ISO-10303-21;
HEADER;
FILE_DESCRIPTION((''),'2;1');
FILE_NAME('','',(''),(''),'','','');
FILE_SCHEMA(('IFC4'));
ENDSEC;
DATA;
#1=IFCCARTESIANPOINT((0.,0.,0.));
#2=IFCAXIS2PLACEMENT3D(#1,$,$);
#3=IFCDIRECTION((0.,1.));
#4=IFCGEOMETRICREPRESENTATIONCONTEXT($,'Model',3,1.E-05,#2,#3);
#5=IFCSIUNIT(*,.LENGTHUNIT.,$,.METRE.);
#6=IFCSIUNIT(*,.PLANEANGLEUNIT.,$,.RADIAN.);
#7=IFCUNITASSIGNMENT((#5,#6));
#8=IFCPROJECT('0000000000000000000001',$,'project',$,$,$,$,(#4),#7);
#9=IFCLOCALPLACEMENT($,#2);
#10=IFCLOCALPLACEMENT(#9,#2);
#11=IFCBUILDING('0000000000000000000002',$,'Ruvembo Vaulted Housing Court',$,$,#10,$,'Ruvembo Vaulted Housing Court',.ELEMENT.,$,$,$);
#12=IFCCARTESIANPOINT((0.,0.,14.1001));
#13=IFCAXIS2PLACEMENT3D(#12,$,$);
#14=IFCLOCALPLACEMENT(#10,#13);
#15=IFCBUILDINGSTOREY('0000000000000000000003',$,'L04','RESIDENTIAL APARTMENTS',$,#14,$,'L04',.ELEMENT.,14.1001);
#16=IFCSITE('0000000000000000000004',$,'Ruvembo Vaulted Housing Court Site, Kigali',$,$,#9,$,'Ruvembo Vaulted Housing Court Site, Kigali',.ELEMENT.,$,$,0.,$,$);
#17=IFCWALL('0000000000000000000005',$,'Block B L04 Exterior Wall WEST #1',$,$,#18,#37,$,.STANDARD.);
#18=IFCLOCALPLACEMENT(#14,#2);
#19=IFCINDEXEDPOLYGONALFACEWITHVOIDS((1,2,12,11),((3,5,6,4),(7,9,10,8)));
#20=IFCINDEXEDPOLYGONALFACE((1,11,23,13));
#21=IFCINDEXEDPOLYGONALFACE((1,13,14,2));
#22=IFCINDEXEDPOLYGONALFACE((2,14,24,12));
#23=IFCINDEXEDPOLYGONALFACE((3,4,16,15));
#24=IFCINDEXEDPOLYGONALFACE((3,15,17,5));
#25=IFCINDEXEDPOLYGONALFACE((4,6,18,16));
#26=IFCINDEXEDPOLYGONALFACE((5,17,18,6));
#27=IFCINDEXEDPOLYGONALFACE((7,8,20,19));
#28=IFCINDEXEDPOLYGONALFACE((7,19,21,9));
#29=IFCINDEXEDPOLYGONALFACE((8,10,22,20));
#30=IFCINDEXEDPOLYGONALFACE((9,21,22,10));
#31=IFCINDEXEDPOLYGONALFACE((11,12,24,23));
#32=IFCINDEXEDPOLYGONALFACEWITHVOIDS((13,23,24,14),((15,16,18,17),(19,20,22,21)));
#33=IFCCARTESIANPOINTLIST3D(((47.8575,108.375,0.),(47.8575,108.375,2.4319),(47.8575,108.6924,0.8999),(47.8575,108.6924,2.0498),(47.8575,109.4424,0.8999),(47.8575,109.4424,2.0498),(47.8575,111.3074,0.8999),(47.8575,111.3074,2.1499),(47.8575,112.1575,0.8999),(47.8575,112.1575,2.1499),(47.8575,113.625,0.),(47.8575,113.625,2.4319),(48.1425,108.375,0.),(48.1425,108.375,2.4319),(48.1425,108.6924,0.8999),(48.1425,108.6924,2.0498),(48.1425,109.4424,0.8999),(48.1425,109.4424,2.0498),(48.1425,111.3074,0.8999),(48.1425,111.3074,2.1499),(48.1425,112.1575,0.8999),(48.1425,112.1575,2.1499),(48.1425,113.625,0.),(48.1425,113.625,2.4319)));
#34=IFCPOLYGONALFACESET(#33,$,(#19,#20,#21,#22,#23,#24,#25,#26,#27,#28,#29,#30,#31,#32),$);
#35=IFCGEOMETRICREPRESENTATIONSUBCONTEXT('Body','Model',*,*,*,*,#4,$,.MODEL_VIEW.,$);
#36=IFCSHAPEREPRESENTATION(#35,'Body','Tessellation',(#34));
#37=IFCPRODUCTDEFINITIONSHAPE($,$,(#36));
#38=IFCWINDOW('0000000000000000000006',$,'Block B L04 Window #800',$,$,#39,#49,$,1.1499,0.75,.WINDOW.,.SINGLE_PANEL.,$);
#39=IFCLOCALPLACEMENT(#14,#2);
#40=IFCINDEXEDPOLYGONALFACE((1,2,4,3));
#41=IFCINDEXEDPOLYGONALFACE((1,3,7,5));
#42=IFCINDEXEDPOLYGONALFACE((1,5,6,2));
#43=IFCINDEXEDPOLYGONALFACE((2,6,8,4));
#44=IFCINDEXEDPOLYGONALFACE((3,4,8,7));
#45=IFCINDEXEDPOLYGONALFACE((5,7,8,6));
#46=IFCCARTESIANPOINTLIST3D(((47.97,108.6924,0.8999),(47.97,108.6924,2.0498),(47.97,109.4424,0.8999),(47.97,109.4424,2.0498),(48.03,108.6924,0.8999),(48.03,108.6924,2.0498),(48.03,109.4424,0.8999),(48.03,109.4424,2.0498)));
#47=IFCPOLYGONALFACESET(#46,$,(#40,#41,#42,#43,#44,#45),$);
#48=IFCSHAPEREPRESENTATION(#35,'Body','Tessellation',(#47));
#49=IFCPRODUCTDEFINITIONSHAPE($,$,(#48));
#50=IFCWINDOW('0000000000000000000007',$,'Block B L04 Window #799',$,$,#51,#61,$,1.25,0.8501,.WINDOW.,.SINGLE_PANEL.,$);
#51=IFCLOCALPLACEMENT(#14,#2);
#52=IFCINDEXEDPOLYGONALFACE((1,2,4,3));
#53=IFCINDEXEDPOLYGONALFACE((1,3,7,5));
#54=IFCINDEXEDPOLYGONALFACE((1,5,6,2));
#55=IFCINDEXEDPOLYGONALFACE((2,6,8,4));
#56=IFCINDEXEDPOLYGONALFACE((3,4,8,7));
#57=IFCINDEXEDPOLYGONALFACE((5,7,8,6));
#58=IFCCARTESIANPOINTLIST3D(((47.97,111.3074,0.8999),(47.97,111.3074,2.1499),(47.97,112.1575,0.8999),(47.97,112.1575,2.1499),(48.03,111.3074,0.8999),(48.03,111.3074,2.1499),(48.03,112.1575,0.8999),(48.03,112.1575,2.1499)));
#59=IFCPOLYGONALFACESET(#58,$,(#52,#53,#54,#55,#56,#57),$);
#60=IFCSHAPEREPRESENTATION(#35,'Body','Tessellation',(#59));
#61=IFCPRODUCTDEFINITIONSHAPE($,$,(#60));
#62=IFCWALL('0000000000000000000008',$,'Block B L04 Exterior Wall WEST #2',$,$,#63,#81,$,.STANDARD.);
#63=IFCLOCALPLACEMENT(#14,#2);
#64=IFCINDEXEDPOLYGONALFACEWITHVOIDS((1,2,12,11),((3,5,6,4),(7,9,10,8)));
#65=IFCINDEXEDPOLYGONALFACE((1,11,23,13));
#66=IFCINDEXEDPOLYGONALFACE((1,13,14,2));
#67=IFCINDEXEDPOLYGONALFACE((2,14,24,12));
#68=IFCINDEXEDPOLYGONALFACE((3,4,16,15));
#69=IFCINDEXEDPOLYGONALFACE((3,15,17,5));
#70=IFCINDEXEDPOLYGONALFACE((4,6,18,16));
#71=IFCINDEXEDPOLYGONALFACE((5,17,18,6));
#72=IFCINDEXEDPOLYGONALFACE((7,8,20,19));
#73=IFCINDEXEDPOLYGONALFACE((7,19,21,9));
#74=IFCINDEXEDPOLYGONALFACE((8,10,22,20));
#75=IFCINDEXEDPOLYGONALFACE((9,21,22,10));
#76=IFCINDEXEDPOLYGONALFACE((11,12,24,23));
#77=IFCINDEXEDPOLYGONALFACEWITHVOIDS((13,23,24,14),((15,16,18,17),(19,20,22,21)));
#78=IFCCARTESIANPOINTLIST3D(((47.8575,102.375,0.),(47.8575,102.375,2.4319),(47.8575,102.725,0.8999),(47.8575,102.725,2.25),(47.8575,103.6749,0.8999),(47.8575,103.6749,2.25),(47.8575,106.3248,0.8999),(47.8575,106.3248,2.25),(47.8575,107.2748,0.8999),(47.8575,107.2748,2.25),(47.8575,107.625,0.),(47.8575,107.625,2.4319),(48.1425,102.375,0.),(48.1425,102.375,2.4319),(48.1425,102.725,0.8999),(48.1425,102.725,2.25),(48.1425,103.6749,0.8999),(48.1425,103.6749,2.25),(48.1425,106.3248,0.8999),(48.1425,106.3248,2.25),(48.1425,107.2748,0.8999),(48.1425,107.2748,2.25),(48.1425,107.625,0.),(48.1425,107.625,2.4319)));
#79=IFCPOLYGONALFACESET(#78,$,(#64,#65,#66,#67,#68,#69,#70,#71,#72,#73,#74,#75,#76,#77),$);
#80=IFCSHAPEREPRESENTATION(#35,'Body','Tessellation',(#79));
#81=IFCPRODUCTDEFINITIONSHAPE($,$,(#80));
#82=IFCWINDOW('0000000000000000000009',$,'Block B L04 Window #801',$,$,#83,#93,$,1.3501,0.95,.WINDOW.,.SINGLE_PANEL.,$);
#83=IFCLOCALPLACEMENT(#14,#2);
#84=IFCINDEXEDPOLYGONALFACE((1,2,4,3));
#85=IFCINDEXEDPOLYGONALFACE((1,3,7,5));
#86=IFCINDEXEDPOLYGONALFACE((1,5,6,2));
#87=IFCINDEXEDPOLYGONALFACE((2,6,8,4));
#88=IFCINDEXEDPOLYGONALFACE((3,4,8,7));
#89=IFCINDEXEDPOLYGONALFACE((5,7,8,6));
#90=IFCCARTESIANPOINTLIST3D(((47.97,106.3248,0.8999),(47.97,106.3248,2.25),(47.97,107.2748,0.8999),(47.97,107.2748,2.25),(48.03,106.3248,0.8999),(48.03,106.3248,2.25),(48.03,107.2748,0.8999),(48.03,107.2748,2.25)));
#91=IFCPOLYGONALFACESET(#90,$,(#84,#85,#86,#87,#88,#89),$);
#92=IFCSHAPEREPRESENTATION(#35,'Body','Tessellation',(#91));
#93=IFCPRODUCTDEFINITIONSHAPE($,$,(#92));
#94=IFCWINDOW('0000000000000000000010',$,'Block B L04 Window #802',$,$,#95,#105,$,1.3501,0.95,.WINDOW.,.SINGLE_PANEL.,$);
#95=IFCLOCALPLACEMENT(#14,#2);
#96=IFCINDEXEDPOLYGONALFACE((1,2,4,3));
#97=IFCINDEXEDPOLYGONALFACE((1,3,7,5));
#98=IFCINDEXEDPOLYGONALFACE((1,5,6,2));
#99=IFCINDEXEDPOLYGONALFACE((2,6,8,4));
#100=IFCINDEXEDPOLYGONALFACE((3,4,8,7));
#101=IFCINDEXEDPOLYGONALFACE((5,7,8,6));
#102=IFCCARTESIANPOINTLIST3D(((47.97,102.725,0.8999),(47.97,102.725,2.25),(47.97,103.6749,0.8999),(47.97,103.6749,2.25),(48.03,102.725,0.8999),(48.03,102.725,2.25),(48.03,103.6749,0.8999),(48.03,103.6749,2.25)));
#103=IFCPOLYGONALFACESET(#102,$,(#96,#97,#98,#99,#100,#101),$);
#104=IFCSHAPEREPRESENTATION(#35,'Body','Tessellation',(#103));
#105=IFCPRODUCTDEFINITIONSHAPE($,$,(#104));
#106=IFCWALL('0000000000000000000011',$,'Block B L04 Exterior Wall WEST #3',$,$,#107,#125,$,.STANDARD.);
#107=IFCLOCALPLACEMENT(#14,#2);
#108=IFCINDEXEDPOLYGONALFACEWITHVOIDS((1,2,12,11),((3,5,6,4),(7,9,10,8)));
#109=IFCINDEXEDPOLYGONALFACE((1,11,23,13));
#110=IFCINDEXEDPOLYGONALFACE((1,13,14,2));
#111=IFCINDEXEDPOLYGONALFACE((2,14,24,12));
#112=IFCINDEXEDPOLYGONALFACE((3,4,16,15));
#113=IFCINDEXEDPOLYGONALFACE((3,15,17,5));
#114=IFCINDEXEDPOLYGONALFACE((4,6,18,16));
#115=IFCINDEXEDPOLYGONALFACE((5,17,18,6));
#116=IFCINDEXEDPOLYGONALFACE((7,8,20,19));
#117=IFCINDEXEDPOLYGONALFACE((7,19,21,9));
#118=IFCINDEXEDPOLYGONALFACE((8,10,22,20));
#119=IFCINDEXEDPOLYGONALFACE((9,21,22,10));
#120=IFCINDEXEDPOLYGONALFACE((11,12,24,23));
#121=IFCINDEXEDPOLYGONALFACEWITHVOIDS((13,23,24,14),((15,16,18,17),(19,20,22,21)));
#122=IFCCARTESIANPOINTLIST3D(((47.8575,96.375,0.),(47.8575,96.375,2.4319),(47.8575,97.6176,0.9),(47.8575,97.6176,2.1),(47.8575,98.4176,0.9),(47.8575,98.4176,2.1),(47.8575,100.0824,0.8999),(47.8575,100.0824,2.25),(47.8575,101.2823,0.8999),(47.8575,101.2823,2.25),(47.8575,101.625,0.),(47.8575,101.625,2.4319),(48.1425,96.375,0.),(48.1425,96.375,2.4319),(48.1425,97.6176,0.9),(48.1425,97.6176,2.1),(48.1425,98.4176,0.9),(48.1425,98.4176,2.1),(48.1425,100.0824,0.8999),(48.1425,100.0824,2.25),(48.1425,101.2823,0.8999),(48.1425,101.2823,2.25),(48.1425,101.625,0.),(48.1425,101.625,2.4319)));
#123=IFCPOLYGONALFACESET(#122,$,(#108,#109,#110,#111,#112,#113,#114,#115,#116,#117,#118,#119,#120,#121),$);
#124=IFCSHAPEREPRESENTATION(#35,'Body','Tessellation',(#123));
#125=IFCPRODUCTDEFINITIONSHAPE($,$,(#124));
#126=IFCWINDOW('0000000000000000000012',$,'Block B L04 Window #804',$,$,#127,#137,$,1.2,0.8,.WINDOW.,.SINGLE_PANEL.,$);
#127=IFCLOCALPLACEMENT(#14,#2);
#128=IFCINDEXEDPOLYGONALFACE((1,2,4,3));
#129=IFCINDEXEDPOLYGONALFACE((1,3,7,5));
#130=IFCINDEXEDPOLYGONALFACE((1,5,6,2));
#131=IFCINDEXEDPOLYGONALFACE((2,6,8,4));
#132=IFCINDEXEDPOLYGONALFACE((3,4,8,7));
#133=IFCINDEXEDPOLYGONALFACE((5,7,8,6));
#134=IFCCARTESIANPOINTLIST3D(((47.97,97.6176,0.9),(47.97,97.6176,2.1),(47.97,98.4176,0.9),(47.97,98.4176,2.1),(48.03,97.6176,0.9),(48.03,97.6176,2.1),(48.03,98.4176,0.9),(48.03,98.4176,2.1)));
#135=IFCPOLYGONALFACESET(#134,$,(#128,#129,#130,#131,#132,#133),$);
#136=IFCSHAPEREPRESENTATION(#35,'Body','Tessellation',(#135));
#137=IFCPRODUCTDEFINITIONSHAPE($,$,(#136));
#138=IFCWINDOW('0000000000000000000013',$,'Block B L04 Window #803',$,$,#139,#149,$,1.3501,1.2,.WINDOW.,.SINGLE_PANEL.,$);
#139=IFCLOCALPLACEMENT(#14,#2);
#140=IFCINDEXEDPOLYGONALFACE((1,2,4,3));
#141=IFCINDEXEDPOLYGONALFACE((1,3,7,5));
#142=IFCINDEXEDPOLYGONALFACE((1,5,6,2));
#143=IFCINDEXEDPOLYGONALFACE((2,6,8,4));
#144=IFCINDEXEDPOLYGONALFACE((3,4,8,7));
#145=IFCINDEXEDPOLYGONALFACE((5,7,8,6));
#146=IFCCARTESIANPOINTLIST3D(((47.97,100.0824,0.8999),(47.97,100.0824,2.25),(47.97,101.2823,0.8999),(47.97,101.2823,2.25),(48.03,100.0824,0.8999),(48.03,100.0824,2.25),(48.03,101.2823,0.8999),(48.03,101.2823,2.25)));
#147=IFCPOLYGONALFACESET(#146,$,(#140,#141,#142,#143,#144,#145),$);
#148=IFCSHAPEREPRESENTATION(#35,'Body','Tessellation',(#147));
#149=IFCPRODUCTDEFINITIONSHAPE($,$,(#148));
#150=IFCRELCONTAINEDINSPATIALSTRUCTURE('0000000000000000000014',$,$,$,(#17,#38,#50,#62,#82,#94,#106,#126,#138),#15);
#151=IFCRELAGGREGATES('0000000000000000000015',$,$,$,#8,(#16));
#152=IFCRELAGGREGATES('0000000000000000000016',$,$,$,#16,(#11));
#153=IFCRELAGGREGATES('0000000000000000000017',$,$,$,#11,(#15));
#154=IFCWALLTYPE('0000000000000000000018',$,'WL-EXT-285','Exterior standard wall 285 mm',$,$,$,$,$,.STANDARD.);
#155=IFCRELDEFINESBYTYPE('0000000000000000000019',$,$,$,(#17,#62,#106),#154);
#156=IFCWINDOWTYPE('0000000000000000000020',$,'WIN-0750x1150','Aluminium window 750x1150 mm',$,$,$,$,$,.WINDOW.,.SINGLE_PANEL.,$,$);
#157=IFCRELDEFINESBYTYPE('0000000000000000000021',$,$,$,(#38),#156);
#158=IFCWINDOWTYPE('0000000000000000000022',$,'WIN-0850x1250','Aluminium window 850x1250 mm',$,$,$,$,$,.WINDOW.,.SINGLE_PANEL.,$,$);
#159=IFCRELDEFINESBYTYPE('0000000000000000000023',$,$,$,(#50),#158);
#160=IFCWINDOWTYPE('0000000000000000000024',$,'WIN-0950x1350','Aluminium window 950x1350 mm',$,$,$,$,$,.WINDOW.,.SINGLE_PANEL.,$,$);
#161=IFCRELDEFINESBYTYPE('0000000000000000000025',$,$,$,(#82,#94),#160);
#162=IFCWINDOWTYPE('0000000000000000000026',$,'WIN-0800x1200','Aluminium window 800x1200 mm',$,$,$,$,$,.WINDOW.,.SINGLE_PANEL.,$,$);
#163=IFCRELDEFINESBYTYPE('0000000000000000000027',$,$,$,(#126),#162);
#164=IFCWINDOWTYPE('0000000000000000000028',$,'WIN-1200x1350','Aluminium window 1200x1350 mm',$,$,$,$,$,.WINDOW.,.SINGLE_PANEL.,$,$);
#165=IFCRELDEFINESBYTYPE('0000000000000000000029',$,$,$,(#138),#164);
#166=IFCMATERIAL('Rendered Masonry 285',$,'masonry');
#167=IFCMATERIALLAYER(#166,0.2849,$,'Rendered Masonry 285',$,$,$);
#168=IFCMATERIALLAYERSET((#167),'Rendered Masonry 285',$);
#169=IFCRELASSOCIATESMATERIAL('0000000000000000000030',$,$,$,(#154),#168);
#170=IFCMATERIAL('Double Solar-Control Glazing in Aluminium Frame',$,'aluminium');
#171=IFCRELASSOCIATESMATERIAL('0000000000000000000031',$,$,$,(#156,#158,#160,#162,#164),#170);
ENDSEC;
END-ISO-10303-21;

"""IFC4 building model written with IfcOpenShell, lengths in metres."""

from ifc_helpers import new_model, si_unit, direction, frame, frame_2d, origin, place, context, subcontext, project, spatial, rectangle, extrude, material, layer, layer_set, type_object, element, fill, save


model = new_model("IFC4")

# Units and contexts
model_context = context("Model", 3, precision=1e-05, world=origin(), true_north=direction((0.0, 1.0)))
body_context = subcontext(model_context, "Body", "Model", "MODEL_VIEW")
ifc_project = project(units=[si_unit("LENGTHUNIT", "METRE"), si_unit("PLANEANGLEUNIT", "RADIAN")], contexts=[model_context])

# Site, building, storey
site_placement = place(None, origin())
site = spatial("IfcSite", under=ifc_project, at=site_placement, Name="Ruvembo Vaulted Housing Court Site, Kigali", LongName="Ruvembo Vaulted Housing Court Site, Kigali", CompositionType="ELEMENT", RefElevation=0.0)
building_placement = place(site_placement, origin())
building = spatial("IfcBuilding", under=site, at=building_placement, Name="Ruvembo Vaulted Housing Court", LongName="Ruvembo Vaulted Housing Court", CompositionType="ELEMENT")
storey_placement = place(building_placement, frame((0.0, 0.0, 14.1001)))
storey = spatial("IfcBuildingStorey", under=building, at=storey_placement, Name="L04", Description="RESIDENTIAL APARTMENTS", LongName="L04", CompositionType="ELEMENT", Elevation=14.1001)

# Walls, openings, windows
ifc_material_1 = material(Name="Rendered Masonry 285", Category="masonry")
ifc_layer_1 = layer(ifc_material_1, 0.2849, Name="Rendered Masonry 285")
ifc_layer_set_1 = layer_set([ifc_layer_1], Name="Rendered Masonry 285")
wall_type_1 = type_object("IfcWallType", Name="WL-EXT-285", Description="Exterior standard wall 285 mm", PredefinedType="STANDARD", material=ifc_layer_set_1)
wall_1_placement = place(storey_placement, frame((48.0, 113.625, 0.0), z_axis=(0.0, 0.0, 1.0), x_axis=(0.0, -1.0, 0.0)))
wall_1 = element("IfcWall", 1, at=wall_1_placement, inside=storey, type_object=wall_type_1, Name="Block B L04 Exterior Wall WEST #1", PredefinedType="STANDARD", context=body_context, shape_type="SweptSolid", body=[
    extrude(rectangle(XDim=5.25, YDim=0.2849, at=frame_2d((2.625, 0.0))), origin(), (0.0, 0.0, 1.0), 2.4319),
])
opening_1_placement = place(wall_1_placement, frame((1.4675, 0.0, 0.8999)))
opening_1 = element("IfcOpeningElement", 2, at=opening_1_placement, cuts=wall_1, PredefinedType="OPENING", context=body_context, shape_type="SweptSolid", body=[
    extrude(rectangle(XDim=0.8501, YDim=1.25, at=frame_2d((0.425, 0.625))), frame((0.0, 0.1523, 0.0), z_axis=(0.0, -1.0, 0.0), x_axis=(1.0, 0.0, 0.0)), (0.0, 0.0, 1.0), 0.3049),
])
opening_2_placement = place(wall_1_placement, frame((4.1826, 0.0, 0.8999)))
opening_2 = element("IfcOpeningElement", 3, at=opening_2_placement, cuts=wall_1, PredefinedType="OPENING", context=body_context, shape_type="SweptSolid", body=[
    extrude(rectangle(XDim=0.75, YDim=1.1499, at=frame_2d((0.375, 0.575))), frame((0.0, 0.1523, 0.0), z_axis=(0.0, -1.0, 0.0), x_axis=(1.0, 0.0, 0.0)), (0.0, 0.0, 1.0), 0.3049),
])
ifc_material_2 = material(Name="Double Solar-Control Glazing in Aluminium Frame", Category="aluminium")
window_type_1 = type_object("IfcWindowType", Name="WIN-0750x1150", Description="Aluminium window 750x1150 mm", PartitioningType="SINGLE_PANEL", PredefinedType="WINDOW", material=ifc_material_2)
window_1_placement = place(opening_2_placement, origin())
window_1 = element("IfcWindow", 4, at=window_1_placement, inside=storey, type_object=window_type_1, Name="Block B L04 Window #800", OverallHeight=1.1499, OverallWidth=0.75, PartitioningType="SINGLE_PANEL", PredefinedType="WINDOW", context=body_context, shape_type="SweptSolid", body=[
    extrude(rectangle(XDim=0.75, YDim=1.1499, at=frame_2d((0.375, 0.575))), frame((0.0, 0.03, 0.0), z_axis=(0.0, -1.0, 0.0), x_axis=(1.0, 0.0, 0.0)), (0.0, 0.0, 1.0), 0.0601),
])
fill(opening_2, window_1)
window_type_2 = type_object("IfcWindowType", Name="WIN-0850x1250", Description="Aluminium window 850x1250 mm", PartitioningType="SINGLE_PANEL", PredefinedType="WINDOW", material=ifc_material_2)
window_2_placement = place(opening_1_placement, origin())
window_2 = element("IfcWindow", 5, at=window_2_placement, inside=storey, type_object=window_type_2, Name="Block B L04 Window #799", OverallHeight=1.25, OverallWidth=0.8501, PartitioningType="SINGLE_PANEL", PredefinedType="WINDOW", context=body_context, shape_type="SweptSolid", body=[
    extrude(rectangle(XDim=0.8501, YDim=1.25, at=frame_2d((0.425, 0.625))), frame((0.0, 0.03, 0.0), z_axis=(0.0, -1.0, 0.0), x_axis=(1.0, 0.0, 0.0)), (0.0, 0.0, 1.0), 0.0601),
])
fill(opening_1, window_2)
wall_2_placement = place(storey_placement, frame((48.0, 107.625, 0.0), z_axis=(0.0, 0.0, 1.0), x_axis=(0.0, -1.0, 0.0)))
wall_2 = element("IfcWall", 6, at=wall_2_placement, inside=storey, type_object=wall_type_1, Name="Block B L04 Exterior Wall WEST #2", PredefinedType="STANDARD", context=body_context, shape_type="SweptSolid", body=[
    extrude(rectangle(XDim=5.25, YDim=0.2849, at=frame_2d((2.625, 0.0))), origin(), (0.0, 0.0, 1.0), 2.4319),
])
opening_3_placement = place(wall_2_placement, frame((0.3501, 0.0, 0.8999)))
opening_3 = element("IfcOpeningElement", 7, at=opening_3_placement, cuts=wall_2, PredefinedType="OPENING", context=body_context, shape_type="SweptSolid", body=[
    extrude(rectangle(XDim=0.95, YDim=1.3501, at=frame_2d((0.4751, 0.675))), frame((0.0, 0.1523, 0.0), z_axis=(0.0, -1.0, 0.0), x_axis=(1.0, 0.0, 0.0)), (0.0, 0.0, 1.0), 0.3049),
])
opening_4_placement = place(wall_2_placement, frame((3.95, 0.0, 0.8999)))
opening_4 = element("IfcOpeningElement", 8, at=opening_4_placement, cuts=wall_2, PredefinedType="OPENING", context=body_context, shape_type="SweptSolid", body=[
    extrude(rectangle(XDim=0.95, YDim=1.3501, at=frame_2d((0.4751, 0.675))), frame((0.0, 0.1523, 0.0), z_axis=(0.0, -1.0, 0.0), x_axis=(1.0, 0.0, 0.0)), (0.0, 0.0, 1.0), 0.3049),
])
window_type_3 = type_object("IfcWindowType", Name="WIN-0950x1350", Description="Aluminium window 950x1350 mm", PartitioningType="SINGLE_PANEL", PredefinedType="WINDOW", material=ifc_material_2)
window_3_placement = place(opening_3_placement, origin())
window_3 = element("IfcWindow", 9, at=window_3_placement, inside=storey, type_object=window_type_3, Name="Block B L04 Window #801", OverallHeight=1.3501, OverallWidth=0.95, PartitioningType="SINGLE_PANEL", PredefinedType="WINDOW", context=body_context, shape_type="SweptSolid", body=[
    extrude(rectangle(XDim=0.95, YDim=1.3501, at=frame_2d((0.4751, 0.675))), frame((0.0, 0.03, 0.0), z_axis=(0.0, -1.0, 0.0), x_axis=(1.0, 0.0, 0.0)), (0.0, 0.0, 1.0), 0.0601),
])
fill(opening_3, window_3)
window_4_placement = place(opening_4_placement, origin())
window_4 = element("IfcWindow", 10, at=window_4_placement, inside=storey, type_object=window_type_3, Name="Block B L04 Window #802", OverallHeight=1.3501, OverallWidth=0.95, PartitioningType="SINGLE_PANEL", PredefinedType="WINDOW", context=body_context, shape_type="SweptSolid", body=[
    extrude(rectangle(XDim=0.95, YDim=1.3501, at=frame_2d((0.4751, 0.675))), frame((0.0, 0.03, 0.0), z_axis=(0.0, -1.0, 0.0), x_axis=(1.0, 0.0, 0.0)), (0.0, 0.0, 1.0), 0.0601),
])
fill(opening_4, window_4)
wall_3_placement = place(storey_placement, frame((48.0, 101.625, 0.0), z_axis=(0.0, 0.0, 1.0), x_axis=(0.0, -1.0, 0.0)))
wall_3 = element("IfcWall", 11, at=wall_3_placement, inside=storey, type_object=wall_type_1, Name="Block B L04 Exterior Wall WEST #3", PredefinedType="STANDARD", context=body_context, shape_type="SweptSolid", body=[
    extrude(rectangle(XDim=5.25, YDim=0.2849, at=frame_2d((2.625, 0.0))), origin(), (0.0, 0.0, 1.0), 2.4319),
])
opening_5_placement = place(wall_3_placement, frame((0.3425, 0.0, 0.8999)))
opening_5 = element("IfcOpeningElement", 12, at=opening_5_placement, cuts=wall_3, PredefinedType="OPENING", context=body_context, shape_type="SweptSolid", body=[
    extrude(rectangle(XDim=1.2, YDim=1.3501, at=frame_2d((0.6001, 0.675))), frame((0.0, 0.1523, 0.0), z_axis=(0.0, -1.0, 0.0), x_axis=(1.0, 0.0, 0.0)), (0.0, 0.0, 1.0), 0.3049),
])
opening_6_placement = place(wall_3_placement, frame((3.2075, 0.0, 0.8999)))
opening_6 = element("IfcOpeningElement", 13, at=opening_6_placement, cuts=wall_3, PredefinedType="OPENING", context=body_context, shape_type="SweptSolid", body=[
    extrude(rectangle(XDim=0.8, YDim=1.2, at=frame_2d((0.3999, 0.6001))), frame((0.0, 0.1523, 0.0), z_axis=(0.0, -1.0, 0.0), x_axis=(1.0, 0.0, 0.0)), (0.0, 0.0, 1.0), 0.3049),
])
window_type_4 = type_object("IfcWindowType", Name="WIN-0800x1200", Description="Aluminium window 800x1200 mm", PartitioningType="SINGLE_PANEL", PredefinedType="WINDOW", material=ifc_material_2)
window_5_placement = place(opening_6_placement, origin())
window_5 = element("IfcWindow", 14, at=window_5_placement, inside=storey, type_object=window_type_4, Name="Block B L04 Window #804", OverallHeight=1.2, OverallWidth=0.8, PartitioningType="SINGLE_PANEL", PredefinedType="WINDOW", context=body_context, shape_type="SweptSolid", body=[
    extrude(rectangle(XDim=0.8, YDim=1.2, at=frame_2d((0.3999, 0.6001))), frame((0.0, 0.03, 0.0), z_axis=(0.0, -1.0, 0.0), x_axis=(1.0, 0.0, 0.0)), (0.0, 0.0, 1.0), 0.0601),
])
fill(opening_6, window_5)
window_type_5 = type_object("IfcWindowType", Name="WIN-1200x1350", Description="Aluminium window 1200x1350 mm", PartitioningType="SINGLE_PANEL", PredefinedType="WINDOW", material=ifc_material_2)
window_6_placement = place(opening_5_placement, origin())
window_6 = element("IfcWindow", 15, at=window_6_placement, inside=storey, type_object=window_type_5, Name="Block B L04 Window #803", OverallHeight=1.3501, OverallWidth=1.2, PartitioningType="SINGLE_PANEL", PredefinedType="WINDOW", context=body_context, shape_type="SweptSolid", body=[
    extrude(rectangle(XDim=1.2, YDim=1.3501, at=frame_2d((0.6001, 0.675))), frame((0.0, 0.03, 0.0), z_axis=(0.0, -1.0, 0.0), x_axis=(1.0, 0.0, 0.0)), (0.0, 0.0, 1.0), 0.0601),
])
fill(opening_5, window_6)

save(model, "model.ifc")
